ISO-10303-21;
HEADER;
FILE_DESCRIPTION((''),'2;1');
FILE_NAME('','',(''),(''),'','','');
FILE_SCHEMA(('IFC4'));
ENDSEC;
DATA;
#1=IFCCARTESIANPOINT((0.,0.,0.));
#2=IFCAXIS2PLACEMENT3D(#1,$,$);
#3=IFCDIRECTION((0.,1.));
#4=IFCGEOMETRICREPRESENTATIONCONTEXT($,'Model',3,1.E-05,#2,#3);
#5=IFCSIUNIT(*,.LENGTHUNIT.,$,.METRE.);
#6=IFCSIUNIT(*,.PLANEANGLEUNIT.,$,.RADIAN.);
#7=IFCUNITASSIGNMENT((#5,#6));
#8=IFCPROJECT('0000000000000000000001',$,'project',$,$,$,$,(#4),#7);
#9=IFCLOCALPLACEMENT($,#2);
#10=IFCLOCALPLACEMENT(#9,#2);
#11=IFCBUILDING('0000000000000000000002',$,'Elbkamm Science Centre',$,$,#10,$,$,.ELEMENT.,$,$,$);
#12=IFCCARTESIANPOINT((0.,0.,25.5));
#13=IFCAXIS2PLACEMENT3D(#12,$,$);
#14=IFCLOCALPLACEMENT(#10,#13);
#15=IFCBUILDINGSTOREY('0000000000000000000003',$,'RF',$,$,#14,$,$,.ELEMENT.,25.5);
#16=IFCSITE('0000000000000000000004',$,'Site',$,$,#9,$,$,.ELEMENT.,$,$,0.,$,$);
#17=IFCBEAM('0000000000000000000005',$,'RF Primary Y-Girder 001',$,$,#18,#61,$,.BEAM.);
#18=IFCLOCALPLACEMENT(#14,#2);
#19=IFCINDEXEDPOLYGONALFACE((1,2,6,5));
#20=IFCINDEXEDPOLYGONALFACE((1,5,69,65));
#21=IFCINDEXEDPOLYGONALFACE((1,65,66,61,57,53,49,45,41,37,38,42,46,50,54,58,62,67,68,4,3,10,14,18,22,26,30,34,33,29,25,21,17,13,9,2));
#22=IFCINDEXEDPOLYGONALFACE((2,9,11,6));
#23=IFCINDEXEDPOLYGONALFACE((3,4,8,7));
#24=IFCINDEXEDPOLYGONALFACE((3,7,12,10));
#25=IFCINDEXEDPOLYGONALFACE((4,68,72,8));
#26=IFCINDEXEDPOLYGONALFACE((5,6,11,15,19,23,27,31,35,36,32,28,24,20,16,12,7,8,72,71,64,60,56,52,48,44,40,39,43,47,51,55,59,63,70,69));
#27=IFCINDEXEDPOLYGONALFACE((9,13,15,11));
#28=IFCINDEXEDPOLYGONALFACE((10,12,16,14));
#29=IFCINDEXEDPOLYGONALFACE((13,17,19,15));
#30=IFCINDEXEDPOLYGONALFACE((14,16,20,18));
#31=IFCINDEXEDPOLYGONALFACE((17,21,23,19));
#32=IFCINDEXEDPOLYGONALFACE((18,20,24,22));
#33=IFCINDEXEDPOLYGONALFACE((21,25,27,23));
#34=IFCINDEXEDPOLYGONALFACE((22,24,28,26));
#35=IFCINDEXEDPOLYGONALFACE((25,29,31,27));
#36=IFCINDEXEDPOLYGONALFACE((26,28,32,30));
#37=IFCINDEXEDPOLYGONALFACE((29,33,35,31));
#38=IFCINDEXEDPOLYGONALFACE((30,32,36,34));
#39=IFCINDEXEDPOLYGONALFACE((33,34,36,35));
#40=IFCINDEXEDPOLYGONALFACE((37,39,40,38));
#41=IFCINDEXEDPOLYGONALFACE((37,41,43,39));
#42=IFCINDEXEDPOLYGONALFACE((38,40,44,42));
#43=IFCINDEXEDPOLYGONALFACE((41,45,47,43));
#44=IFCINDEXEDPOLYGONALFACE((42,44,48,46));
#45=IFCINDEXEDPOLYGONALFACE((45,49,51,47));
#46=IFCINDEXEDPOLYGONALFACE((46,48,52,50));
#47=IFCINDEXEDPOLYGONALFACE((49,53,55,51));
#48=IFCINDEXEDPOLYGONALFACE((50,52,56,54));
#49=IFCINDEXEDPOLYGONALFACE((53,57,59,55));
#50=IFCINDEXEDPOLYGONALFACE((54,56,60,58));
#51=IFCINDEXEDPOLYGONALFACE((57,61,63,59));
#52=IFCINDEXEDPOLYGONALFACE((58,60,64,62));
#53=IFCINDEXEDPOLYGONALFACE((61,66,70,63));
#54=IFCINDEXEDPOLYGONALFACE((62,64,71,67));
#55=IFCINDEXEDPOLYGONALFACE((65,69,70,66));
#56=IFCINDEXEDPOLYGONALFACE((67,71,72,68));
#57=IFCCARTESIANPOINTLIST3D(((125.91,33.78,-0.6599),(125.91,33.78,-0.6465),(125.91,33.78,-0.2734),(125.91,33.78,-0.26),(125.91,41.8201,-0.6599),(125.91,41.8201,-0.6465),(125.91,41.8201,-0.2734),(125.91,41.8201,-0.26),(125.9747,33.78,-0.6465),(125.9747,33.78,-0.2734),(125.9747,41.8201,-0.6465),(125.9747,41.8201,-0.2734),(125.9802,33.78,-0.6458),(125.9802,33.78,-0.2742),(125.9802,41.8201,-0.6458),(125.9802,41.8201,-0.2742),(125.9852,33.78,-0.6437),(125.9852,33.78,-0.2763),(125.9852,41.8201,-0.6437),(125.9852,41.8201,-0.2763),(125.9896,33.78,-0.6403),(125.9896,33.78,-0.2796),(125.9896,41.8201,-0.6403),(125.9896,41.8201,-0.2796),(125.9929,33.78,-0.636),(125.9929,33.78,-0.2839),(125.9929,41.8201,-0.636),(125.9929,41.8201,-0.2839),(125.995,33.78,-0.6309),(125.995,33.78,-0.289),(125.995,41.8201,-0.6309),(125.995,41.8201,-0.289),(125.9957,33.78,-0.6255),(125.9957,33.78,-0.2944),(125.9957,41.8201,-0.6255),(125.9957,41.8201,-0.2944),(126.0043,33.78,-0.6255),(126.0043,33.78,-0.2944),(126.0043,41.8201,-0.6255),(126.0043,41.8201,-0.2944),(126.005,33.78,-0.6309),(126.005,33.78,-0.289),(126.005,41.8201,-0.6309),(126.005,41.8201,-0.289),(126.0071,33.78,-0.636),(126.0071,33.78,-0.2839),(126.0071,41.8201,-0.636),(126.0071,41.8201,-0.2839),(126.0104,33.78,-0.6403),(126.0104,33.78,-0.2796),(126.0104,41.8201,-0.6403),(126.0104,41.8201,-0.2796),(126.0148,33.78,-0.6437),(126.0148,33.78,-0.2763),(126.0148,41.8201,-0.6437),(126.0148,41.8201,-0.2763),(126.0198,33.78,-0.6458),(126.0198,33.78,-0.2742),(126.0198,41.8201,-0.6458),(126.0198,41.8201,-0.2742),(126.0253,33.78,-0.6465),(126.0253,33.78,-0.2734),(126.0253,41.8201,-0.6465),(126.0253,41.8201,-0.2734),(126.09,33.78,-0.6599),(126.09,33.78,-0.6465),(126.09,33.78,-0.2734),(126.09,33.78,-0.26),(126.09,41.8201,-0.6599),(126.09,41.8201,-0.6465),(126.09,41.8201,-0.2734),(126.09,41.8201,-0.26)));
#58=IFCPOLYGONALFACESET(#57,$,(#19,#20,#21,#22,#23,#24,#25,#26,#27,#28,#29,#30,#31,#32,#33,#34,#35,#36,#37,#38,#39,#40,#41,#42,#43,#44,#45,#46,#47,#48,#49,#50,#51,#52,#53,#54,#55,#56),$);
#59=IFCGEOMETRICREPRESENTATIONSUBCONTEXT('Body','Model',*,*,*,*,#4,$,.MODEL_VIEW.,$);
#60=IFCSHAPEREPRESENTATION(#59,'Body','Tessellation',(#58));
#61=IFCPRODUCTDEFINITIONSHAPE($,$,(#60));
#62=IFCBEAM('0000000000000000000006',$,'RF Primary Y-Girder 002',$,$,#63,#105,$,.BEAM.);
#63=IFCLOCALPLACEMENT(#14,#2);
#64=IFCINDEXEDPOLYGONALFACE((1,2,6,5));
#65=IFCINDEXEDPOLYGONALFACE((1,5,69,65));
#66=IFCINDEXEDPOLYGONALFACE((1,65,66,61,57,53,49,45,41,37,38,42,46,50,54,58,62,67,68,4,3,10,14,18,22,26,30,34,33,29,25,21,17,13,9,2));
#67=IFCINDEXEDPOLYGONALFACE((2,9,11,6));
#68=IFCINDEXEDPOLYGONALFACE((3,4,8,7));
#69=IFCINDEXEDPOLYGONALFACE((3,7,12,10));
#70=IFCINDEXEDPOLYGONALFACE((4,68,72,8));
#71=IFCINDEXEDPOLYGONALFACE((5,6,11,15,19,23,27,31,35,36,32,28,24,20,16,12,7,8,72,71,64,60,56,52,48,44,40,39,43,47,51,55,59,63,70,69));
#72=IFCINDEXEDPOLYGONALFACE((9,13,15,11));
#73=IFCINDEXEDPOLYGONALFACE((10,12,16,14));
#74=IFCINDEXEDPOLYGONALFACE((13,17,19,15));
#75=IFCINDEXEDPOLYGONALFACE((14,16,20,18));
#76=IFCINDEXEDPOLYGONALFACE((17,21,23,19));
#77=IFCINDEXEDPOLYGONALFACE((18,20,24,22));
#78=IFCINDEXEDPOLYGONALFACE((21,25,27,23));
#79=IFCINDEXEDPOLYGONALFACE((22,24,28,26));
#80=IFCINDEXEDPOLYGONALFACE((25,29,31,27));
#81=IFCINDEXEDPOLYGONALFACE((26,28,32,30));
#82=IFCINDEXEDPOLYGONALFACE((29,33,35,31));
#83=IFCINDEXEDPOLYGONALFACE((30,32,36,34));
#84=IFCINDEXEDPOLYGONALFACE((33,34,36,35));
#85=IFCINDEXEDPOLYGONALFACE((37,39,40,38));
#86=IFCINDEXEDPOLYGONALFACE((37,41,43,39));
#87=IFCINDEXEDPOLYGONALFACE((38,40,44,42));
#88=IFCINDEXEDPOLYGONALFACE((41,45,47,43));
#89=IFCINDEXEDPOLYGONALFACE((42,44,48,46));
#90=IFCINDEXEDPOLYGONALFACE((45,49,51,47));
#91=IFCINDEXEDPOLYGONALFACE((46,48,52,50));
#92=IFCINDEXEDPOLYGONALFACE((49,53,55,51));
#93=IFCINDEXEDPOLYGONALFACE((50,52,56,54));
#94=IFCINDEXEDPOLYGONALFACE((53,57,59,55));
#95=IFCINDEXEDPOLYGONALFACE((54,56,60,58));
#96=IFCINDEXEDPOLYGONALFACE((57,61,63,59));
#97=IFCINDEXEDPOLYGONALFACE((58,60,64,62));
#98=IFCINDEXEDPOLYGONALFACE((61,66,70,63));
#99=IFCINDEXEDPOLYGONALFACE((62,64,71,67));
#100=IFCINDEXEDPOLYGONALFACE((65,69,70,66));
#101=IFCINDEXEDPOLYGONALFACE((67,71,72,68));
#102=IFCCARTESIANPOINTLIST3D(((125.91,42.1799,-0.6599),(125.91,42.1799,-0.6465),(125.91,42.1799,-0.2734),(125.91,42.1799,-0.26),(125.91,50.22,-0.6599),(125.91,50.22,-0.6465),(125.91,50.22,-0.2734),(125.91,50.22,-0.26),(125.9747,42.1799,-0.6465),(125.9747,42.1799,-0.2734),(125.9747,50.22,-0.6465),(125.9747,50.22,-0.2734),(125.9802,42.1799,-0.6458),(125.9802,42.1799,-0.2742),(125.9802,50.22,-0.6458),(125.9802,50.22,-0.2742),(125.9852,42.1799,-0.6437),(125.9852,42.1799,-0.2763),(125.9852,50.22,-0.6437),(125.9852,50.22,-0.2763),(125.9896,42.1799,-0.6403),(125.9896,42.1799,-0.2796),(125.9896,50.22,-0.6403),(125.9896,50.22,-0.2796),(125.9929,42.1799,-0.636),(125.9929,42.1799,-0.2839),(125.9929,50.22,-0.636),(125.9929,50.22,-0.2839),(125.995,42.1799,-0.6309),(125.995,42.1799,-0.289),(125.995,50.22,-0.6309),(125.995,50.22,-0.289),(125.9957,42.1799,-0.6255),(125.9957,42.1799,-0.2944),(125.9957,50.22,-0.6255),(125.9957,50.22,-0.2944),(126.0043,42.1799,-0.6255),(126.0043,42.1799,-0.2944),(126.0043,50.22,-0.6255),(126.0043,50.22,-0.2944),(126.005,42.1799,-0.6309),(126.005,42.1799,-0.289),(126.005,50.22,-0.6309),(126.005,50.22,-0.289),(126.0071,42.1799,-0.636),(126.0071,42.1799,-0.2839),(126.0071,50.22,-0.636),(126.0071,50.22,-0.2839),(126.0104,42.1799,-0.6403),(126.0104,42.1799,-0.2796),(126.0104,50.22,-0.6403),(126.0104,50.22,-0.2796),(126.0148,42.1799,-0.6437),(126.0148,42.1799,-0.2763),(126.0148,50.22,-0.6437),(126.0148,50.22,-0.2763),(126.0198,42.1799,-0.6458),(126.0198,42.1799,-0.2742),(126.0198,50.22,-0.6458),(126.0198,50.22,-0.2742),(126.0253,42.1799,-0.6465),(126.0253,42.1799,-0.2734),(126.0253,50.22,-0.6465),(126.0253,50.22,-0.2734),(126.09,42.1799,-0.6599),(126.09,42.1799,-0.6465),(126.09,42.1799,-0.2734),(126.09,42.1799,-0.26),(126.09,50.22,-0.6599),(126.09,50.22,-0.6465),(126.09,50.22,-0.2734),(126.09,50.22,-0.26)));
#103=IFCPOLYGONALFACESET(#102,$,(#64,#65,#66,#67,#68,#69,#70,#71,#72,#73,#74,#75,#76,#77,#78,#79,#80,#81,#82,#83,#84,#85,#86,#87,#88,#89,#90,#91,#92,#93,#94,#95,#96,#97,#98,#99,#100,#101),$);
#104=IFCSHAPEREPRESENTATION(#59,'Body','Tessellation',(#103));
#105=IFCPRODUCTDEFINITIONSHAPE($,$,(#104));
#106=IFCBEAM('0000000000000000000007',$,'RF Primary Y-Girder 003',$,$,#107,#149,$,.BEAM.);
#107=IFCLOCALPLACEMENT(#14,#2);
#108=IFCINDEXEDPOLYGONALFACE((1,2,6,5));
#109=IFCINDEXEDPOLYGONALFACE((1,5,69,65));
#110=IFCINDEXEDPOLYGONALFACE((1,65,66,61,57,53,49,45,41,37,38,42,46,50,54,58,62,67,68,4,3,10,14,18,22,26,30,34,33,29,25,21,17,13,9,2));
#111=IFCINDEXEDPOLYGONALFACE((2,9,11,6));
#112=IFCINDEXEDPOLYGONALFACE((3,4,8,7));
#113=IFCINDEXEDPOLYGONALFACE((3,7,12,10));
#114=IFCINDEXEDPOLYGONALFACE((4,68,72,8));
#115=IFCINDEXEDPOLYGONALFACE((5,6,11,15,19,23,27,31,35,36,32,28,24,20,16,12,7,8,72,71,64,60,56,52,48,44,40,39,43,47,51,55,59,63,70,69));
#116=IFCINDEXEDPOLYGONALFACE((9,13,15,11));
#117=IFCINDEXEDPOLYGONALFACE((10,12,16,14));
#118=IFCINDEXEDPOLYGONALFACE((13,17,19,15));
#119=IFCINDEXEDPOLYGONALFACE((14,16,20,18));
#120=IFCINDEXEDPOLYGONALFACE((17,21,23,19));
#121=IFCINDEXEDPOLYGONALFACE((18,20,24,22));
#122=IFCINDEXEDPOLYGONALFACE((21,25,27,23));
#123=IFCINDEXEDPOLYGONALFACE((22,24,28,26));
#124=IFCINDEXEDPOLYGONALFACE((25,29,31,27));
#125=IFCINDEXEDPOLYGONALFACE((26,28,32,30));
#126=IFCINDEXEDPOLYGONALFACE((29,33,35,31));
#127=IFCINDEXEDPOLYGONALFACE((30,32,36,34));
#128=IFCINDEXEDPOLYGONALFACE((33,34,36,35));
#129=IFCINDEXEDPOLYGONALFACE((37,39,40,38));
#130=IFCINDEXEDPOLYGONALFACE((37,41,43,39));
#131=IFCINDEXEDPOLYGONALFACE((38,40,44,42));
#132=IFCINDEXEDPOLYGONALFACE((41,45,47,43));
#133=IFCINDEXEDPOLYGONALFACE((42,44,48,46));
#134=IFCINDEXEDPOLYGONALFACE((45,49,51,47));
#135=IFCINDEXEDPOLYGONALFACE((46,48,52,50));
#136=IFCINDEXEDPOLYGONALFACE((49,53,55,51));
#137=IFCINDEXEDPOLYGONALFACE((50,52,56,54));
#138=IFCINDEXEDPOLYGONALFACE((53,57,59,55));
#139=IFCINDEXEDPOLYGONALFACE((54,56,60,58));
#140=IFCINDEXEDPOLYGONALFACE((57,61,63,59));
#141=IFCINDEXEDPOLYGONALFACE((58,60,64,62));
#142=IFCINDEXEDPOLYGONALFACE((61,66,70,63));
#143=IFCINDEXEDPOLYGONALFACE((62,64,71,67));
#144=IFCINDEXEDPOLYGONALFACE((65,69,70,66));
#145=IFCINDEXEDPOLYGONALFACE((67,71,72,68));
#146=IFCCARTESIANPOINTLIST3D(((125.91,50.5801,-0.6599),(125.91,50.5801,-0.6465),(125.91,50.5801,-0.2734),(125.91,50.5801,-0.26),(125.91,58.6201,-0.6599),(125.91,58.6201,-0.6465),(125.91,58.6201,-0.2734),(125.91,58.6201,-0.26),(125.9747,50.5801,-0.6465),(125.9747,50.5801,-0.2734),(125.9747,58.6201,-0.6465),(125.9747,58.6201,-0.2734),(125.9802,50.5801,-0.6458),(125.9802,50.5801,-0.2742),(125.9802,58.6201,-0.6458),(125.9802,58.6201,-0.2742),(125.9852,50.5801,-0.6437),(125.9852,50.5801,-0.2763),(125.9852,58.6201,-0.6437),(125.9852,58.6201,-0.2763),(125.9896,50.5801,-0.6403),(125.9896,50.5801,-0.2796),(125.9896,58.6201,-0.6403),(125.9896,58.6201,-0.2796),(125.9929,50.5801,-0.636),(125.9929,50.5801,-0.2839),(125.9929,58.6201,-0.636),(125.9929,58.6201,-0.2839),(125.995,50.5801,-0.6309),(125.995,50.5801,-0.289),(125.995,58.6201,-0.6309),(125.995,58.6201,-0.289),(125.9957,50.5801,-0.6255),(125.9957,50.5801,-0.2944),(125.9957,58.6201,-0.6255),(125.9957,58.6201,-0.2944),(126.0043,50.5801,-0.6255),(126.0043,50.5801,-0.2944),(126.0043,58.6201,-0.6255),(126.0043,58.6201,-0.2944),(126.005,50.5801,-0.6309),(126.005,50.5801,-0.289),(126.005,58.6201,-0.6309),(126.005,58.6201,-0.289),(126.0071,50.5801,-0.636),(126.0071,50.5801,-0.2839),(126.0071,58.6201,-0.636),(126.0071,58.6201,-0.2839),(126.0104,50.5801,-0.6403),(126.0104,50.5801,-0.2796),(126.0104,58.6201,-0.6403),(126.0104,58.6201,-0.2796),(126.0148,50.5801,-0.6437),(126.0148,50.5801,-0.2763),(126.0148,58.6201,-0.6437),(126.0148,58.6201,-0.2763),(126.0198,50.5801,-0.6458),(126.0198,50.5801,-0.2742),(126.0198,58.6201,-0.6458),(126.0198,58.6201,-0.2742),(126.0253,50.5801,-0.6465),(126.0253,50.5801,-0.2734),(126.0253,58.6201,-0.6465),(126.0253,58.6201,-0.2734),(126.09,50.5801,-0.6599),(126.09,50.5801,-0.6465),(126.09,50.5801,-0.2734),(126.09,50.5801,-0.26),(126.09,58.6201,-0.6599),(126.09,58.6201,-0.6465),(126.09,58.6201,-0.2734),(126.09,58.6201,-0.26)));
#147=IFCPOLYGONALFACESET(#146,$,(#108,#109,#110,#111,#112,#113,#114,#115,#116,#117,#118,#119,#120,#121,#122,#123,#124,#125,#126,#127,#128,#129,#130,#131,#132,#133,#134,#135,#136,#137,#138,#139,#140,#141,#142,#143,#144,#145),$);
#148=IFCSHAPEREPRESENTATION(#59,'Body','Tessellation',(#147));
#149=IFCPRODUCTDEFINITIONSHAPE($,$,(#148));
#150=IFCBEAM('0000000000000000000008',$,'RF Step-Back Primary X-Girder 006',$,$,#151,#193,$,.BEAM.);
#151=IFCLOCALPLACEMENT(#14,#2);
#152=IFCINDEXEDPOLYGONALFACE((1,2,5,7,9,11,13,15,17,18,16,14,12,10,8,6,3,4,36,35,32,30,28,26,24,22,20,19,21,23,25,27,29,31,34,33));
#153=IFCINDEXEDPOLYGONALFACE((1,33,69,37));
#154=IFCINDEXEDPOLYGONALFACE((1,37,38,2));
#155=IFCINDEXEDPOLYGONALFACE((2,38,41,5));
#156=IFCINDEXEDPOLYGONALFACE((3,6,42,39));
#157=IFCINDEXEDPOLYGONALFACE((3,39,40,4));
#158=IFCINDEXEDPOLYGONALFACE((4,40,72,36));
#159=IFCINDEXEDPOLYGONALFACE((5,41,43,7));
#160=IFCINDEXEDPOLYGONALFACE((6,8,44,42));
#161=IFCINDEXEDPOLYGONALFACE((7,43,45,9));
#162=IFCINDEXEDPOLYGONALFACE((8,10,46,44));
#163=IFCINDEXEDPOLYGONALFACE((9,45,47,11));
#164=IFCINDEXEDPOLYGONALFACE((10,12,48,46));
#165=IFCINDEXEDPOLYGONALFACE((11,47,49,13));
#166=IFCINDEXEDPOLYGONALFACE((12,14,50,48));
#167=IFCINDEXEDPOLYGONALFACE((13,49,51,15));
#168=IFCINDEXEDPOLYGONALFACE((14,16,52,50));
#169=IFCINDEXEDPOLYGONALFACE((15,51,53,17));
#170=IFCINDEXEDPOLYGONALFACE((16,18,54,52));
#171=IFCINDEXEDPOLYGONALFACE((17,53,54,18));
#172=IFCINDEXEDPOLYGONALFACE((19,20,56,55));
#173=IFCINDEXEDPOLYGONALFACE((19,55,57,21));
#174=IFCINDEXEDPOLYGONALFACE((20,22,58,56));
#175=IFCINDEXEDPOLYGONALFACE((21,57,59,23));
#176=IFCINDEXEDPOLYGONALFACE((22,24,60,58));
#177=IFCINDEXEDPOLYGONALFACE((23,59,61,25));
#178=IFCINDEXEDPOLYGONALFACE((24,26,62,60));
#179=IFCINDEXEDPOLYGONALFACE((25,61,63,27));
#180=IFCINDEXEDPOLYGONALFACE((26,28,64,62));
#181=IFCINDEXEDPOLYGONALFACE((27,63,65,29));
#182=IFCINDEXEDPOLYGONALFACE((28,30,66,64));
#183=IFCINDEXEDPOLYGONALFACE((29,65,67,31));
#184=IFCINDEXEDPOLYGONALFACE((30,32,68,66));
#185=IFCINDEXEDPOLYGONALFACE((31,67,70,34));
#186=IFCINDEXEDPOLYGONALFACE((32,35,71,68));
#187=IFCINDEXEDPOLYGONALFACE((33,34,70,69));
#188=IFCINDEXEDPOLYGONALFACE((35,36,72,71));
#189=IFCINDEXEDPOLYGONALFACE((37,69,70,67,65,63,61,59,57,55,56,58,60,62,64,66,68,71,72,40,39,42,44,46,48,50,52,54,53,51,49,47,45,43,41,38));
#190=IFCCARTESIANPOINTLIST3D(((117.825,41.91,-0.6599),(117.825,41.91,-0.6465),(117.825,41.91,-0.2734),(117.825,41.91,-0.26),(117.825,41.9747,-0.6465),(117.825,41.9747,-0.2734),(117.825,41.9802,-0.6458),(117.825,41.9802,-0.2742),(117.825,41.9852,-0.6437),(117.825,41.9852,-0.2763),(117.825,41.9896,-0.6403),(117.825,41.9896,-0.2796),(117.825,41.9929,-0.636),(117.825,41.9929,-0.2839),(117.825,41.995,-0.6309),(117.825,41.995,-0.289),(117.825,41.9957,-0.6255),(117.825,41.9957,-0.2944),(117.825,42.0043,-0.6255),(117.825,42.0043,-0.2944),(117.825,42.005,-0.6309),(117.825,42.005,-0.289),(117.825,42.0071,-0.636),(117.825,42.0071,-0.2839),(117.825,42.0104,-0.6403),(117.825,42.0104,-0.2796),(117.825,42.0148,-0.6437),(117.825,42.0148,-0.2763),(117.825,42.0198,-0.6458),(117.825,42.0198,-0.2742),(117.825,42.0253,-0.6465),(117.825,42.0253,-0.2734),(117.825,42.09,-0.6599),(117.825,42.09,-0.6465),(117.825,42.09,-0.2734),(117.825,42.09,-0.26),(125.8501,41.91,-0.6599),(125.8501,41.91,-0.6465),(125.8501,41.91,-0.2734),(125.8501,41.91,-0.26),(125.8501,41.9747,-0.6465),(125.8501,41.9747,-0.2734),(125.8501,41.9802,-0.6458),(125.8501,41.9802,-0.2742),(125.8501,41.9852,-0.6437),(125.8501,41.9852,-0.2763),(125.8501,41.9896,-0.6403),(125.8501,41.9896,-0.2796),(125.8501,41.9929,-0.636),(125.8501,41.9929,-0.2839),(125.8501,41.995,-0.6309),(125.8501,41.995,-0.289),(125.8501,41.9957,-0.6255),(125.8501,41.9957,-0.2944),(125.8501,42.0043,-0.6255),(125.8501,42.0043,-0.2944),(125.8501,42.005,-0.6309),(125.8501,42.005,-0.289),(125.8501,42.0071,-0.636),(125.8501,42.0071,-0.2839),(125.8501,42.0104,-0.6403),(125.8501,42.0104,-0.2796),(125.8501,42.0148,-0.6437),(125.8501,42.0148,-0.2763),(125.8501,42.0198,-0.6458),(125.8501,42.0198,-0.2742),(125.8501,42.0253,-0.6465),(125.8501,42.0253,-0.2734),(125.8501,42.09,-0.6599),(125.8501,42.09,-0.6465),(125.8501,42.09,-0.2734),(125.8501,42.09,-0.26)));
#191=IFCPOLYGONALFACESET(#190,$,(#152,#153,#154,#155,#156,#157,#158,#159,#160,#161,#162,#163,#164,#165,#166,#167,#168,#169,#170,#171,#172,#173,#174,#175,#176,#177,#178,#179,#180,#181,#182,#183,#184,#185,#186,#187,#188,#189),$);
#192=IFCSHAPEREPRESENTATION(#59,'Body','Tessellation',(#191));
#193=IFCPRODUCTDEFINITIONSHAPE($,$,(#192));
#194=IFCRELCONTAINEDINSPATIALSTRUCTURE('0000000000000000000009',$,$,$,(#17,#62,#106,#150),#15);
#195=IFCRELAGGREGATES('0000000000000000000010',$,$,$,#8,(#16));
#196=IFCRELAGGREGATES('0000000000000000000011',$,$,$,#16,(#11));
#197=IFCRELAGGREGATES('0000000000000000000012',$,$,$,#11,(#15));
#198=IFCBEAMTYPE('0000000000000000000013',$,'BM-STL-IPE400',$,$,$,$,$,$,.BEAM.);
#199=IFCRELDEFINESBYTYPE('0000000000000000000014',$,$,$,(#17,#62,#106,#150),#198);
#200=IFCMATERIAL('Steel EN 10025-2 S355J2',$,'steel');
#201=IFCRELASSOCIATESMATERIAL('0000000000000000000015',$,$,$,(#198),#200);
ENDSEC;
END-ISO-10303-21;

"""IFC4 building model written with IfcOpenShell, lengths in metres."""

from ifc_helpers import new_model, si_unit, direction, frame, origin, origin_2d, place, context, subcontext, project, spatial, i_section, extrude, material, material_profile, profile_set, type_object, element, save


model = new_model("IFC4")

# Units and contexts
model_context = context("Model", 3, precision=1e-05, world=origin(), true_north=direction((0.0, 1.0)))
body_context = subcontext(model_context, "Body", "Model", "MODEL_VIEW")
ifc_project = project(units=[si_unit("LENGTHUNIT", "METRE"), si_unit("PLANEANGLEUNIT", "RADIAN")], contexts=[model_context])

# Site, building, storey
site_placement = place(None, origin())
site = spatial("IfcSite", under=ifc_project, at=site_placement, Name="Site", CompositionType="ELEMENT", RefElevation=0.0)
building_placement = place(site_placement, origin())
building = spatial("IfcBuilding", under=site, at=building_placement, Name="Elbkamm Science Centre", CompositionType="ELEMENT")
storey_placement = place(building_placement, frame((0.0, 0.0, 25.5)))
storey = spatial("IfcBuildingStorey", under=building, at=storey_placement, Name="RF", CompositionType="ELEMENT", Elevation=25.5)

# Beams
ifc_material_1 = material(Name="Steel EN 10025-2 S355J2", Category="steel")
ifc_material_profile_1 = material_profile(ifc_material_1, i_section(OverallWidth=0.1799, OverallDepth=0.3999, WebThickness=0.0085, FlangeThickness=0.0134, FilletRadius=0.021, at=origin_2d()), Name="IPE 400")
ifc_profile_set_1 = profile_set([ifc_material_profile_1], Name="Steel EN 10025-2 S355J2")
beam_type_1 = type_object("IfcBeamType", Name="BM-STL-IPE400", PredefinedType="BEAM", material=ifc_profile_set_1)
for number, where, z_axis, x_axis, name in (
    (1, (126.0, 33.78, -0.46), (0.0, 1.0, 0.0), (-1.0, 0.0, 0.0), "RF Primary Y-Girder 001"),
    (2, (126.0, 42.1799, -0.46), (0.0, 1.0, 0.0), (-1.0, 0.0, 0.0), "RF Primary Y-Girder 002"),
    (3, (126.0, 50.5801, -0.46), (0.0, 1.0, 0.0), (-1.0, 0.0, 0.0), "RF Primary Y-Girder 003"),
):
    element("IfcBeam", number, at=place(storey_placement, frame(where, z_axis=z_axis, x_axis=x_axis)), inside=storey, type_object=beam_type_1, Name=name, PredefinedType="BEAM", context=body_context, shape_type="SweptSolid", body=[
        extrude(i_section(OverallWidth=0.1799, OverallDepth=0.3999, WebThickness=0.0085, FlangeThickness=0.0134, FilletRadius=0.021, at=origin_2d()), origin(), (0.0, 0.0, 1.0), 8.04),
    ])
beam_1_placement = place(storey_placement, frame((117.825, 42.0, -0.46), z_axis=(1.0, 0.0, 0.0), x_axis=(0.0, 1.0, 0.0)))
element("IfcBeam", 4, at=beam_1_placement, inside=storey, type_object=beam_type_1, Name="RF Step-Back Primary X-Girder 006", PredefinedType="BEAM", context=body_context, shape_type="SweptSolid", body=[
    extrude(i_section(OverallWidth=0.1799, OverallDepth=0.3999, WebThickness=0.0085, FlangeThickness=0.0134, FilletRadius=0.021, at=origin_2d()), origin(), (0.0, 0.0, 1.0), 8.0251),
])

save(model, "model.ifc")
